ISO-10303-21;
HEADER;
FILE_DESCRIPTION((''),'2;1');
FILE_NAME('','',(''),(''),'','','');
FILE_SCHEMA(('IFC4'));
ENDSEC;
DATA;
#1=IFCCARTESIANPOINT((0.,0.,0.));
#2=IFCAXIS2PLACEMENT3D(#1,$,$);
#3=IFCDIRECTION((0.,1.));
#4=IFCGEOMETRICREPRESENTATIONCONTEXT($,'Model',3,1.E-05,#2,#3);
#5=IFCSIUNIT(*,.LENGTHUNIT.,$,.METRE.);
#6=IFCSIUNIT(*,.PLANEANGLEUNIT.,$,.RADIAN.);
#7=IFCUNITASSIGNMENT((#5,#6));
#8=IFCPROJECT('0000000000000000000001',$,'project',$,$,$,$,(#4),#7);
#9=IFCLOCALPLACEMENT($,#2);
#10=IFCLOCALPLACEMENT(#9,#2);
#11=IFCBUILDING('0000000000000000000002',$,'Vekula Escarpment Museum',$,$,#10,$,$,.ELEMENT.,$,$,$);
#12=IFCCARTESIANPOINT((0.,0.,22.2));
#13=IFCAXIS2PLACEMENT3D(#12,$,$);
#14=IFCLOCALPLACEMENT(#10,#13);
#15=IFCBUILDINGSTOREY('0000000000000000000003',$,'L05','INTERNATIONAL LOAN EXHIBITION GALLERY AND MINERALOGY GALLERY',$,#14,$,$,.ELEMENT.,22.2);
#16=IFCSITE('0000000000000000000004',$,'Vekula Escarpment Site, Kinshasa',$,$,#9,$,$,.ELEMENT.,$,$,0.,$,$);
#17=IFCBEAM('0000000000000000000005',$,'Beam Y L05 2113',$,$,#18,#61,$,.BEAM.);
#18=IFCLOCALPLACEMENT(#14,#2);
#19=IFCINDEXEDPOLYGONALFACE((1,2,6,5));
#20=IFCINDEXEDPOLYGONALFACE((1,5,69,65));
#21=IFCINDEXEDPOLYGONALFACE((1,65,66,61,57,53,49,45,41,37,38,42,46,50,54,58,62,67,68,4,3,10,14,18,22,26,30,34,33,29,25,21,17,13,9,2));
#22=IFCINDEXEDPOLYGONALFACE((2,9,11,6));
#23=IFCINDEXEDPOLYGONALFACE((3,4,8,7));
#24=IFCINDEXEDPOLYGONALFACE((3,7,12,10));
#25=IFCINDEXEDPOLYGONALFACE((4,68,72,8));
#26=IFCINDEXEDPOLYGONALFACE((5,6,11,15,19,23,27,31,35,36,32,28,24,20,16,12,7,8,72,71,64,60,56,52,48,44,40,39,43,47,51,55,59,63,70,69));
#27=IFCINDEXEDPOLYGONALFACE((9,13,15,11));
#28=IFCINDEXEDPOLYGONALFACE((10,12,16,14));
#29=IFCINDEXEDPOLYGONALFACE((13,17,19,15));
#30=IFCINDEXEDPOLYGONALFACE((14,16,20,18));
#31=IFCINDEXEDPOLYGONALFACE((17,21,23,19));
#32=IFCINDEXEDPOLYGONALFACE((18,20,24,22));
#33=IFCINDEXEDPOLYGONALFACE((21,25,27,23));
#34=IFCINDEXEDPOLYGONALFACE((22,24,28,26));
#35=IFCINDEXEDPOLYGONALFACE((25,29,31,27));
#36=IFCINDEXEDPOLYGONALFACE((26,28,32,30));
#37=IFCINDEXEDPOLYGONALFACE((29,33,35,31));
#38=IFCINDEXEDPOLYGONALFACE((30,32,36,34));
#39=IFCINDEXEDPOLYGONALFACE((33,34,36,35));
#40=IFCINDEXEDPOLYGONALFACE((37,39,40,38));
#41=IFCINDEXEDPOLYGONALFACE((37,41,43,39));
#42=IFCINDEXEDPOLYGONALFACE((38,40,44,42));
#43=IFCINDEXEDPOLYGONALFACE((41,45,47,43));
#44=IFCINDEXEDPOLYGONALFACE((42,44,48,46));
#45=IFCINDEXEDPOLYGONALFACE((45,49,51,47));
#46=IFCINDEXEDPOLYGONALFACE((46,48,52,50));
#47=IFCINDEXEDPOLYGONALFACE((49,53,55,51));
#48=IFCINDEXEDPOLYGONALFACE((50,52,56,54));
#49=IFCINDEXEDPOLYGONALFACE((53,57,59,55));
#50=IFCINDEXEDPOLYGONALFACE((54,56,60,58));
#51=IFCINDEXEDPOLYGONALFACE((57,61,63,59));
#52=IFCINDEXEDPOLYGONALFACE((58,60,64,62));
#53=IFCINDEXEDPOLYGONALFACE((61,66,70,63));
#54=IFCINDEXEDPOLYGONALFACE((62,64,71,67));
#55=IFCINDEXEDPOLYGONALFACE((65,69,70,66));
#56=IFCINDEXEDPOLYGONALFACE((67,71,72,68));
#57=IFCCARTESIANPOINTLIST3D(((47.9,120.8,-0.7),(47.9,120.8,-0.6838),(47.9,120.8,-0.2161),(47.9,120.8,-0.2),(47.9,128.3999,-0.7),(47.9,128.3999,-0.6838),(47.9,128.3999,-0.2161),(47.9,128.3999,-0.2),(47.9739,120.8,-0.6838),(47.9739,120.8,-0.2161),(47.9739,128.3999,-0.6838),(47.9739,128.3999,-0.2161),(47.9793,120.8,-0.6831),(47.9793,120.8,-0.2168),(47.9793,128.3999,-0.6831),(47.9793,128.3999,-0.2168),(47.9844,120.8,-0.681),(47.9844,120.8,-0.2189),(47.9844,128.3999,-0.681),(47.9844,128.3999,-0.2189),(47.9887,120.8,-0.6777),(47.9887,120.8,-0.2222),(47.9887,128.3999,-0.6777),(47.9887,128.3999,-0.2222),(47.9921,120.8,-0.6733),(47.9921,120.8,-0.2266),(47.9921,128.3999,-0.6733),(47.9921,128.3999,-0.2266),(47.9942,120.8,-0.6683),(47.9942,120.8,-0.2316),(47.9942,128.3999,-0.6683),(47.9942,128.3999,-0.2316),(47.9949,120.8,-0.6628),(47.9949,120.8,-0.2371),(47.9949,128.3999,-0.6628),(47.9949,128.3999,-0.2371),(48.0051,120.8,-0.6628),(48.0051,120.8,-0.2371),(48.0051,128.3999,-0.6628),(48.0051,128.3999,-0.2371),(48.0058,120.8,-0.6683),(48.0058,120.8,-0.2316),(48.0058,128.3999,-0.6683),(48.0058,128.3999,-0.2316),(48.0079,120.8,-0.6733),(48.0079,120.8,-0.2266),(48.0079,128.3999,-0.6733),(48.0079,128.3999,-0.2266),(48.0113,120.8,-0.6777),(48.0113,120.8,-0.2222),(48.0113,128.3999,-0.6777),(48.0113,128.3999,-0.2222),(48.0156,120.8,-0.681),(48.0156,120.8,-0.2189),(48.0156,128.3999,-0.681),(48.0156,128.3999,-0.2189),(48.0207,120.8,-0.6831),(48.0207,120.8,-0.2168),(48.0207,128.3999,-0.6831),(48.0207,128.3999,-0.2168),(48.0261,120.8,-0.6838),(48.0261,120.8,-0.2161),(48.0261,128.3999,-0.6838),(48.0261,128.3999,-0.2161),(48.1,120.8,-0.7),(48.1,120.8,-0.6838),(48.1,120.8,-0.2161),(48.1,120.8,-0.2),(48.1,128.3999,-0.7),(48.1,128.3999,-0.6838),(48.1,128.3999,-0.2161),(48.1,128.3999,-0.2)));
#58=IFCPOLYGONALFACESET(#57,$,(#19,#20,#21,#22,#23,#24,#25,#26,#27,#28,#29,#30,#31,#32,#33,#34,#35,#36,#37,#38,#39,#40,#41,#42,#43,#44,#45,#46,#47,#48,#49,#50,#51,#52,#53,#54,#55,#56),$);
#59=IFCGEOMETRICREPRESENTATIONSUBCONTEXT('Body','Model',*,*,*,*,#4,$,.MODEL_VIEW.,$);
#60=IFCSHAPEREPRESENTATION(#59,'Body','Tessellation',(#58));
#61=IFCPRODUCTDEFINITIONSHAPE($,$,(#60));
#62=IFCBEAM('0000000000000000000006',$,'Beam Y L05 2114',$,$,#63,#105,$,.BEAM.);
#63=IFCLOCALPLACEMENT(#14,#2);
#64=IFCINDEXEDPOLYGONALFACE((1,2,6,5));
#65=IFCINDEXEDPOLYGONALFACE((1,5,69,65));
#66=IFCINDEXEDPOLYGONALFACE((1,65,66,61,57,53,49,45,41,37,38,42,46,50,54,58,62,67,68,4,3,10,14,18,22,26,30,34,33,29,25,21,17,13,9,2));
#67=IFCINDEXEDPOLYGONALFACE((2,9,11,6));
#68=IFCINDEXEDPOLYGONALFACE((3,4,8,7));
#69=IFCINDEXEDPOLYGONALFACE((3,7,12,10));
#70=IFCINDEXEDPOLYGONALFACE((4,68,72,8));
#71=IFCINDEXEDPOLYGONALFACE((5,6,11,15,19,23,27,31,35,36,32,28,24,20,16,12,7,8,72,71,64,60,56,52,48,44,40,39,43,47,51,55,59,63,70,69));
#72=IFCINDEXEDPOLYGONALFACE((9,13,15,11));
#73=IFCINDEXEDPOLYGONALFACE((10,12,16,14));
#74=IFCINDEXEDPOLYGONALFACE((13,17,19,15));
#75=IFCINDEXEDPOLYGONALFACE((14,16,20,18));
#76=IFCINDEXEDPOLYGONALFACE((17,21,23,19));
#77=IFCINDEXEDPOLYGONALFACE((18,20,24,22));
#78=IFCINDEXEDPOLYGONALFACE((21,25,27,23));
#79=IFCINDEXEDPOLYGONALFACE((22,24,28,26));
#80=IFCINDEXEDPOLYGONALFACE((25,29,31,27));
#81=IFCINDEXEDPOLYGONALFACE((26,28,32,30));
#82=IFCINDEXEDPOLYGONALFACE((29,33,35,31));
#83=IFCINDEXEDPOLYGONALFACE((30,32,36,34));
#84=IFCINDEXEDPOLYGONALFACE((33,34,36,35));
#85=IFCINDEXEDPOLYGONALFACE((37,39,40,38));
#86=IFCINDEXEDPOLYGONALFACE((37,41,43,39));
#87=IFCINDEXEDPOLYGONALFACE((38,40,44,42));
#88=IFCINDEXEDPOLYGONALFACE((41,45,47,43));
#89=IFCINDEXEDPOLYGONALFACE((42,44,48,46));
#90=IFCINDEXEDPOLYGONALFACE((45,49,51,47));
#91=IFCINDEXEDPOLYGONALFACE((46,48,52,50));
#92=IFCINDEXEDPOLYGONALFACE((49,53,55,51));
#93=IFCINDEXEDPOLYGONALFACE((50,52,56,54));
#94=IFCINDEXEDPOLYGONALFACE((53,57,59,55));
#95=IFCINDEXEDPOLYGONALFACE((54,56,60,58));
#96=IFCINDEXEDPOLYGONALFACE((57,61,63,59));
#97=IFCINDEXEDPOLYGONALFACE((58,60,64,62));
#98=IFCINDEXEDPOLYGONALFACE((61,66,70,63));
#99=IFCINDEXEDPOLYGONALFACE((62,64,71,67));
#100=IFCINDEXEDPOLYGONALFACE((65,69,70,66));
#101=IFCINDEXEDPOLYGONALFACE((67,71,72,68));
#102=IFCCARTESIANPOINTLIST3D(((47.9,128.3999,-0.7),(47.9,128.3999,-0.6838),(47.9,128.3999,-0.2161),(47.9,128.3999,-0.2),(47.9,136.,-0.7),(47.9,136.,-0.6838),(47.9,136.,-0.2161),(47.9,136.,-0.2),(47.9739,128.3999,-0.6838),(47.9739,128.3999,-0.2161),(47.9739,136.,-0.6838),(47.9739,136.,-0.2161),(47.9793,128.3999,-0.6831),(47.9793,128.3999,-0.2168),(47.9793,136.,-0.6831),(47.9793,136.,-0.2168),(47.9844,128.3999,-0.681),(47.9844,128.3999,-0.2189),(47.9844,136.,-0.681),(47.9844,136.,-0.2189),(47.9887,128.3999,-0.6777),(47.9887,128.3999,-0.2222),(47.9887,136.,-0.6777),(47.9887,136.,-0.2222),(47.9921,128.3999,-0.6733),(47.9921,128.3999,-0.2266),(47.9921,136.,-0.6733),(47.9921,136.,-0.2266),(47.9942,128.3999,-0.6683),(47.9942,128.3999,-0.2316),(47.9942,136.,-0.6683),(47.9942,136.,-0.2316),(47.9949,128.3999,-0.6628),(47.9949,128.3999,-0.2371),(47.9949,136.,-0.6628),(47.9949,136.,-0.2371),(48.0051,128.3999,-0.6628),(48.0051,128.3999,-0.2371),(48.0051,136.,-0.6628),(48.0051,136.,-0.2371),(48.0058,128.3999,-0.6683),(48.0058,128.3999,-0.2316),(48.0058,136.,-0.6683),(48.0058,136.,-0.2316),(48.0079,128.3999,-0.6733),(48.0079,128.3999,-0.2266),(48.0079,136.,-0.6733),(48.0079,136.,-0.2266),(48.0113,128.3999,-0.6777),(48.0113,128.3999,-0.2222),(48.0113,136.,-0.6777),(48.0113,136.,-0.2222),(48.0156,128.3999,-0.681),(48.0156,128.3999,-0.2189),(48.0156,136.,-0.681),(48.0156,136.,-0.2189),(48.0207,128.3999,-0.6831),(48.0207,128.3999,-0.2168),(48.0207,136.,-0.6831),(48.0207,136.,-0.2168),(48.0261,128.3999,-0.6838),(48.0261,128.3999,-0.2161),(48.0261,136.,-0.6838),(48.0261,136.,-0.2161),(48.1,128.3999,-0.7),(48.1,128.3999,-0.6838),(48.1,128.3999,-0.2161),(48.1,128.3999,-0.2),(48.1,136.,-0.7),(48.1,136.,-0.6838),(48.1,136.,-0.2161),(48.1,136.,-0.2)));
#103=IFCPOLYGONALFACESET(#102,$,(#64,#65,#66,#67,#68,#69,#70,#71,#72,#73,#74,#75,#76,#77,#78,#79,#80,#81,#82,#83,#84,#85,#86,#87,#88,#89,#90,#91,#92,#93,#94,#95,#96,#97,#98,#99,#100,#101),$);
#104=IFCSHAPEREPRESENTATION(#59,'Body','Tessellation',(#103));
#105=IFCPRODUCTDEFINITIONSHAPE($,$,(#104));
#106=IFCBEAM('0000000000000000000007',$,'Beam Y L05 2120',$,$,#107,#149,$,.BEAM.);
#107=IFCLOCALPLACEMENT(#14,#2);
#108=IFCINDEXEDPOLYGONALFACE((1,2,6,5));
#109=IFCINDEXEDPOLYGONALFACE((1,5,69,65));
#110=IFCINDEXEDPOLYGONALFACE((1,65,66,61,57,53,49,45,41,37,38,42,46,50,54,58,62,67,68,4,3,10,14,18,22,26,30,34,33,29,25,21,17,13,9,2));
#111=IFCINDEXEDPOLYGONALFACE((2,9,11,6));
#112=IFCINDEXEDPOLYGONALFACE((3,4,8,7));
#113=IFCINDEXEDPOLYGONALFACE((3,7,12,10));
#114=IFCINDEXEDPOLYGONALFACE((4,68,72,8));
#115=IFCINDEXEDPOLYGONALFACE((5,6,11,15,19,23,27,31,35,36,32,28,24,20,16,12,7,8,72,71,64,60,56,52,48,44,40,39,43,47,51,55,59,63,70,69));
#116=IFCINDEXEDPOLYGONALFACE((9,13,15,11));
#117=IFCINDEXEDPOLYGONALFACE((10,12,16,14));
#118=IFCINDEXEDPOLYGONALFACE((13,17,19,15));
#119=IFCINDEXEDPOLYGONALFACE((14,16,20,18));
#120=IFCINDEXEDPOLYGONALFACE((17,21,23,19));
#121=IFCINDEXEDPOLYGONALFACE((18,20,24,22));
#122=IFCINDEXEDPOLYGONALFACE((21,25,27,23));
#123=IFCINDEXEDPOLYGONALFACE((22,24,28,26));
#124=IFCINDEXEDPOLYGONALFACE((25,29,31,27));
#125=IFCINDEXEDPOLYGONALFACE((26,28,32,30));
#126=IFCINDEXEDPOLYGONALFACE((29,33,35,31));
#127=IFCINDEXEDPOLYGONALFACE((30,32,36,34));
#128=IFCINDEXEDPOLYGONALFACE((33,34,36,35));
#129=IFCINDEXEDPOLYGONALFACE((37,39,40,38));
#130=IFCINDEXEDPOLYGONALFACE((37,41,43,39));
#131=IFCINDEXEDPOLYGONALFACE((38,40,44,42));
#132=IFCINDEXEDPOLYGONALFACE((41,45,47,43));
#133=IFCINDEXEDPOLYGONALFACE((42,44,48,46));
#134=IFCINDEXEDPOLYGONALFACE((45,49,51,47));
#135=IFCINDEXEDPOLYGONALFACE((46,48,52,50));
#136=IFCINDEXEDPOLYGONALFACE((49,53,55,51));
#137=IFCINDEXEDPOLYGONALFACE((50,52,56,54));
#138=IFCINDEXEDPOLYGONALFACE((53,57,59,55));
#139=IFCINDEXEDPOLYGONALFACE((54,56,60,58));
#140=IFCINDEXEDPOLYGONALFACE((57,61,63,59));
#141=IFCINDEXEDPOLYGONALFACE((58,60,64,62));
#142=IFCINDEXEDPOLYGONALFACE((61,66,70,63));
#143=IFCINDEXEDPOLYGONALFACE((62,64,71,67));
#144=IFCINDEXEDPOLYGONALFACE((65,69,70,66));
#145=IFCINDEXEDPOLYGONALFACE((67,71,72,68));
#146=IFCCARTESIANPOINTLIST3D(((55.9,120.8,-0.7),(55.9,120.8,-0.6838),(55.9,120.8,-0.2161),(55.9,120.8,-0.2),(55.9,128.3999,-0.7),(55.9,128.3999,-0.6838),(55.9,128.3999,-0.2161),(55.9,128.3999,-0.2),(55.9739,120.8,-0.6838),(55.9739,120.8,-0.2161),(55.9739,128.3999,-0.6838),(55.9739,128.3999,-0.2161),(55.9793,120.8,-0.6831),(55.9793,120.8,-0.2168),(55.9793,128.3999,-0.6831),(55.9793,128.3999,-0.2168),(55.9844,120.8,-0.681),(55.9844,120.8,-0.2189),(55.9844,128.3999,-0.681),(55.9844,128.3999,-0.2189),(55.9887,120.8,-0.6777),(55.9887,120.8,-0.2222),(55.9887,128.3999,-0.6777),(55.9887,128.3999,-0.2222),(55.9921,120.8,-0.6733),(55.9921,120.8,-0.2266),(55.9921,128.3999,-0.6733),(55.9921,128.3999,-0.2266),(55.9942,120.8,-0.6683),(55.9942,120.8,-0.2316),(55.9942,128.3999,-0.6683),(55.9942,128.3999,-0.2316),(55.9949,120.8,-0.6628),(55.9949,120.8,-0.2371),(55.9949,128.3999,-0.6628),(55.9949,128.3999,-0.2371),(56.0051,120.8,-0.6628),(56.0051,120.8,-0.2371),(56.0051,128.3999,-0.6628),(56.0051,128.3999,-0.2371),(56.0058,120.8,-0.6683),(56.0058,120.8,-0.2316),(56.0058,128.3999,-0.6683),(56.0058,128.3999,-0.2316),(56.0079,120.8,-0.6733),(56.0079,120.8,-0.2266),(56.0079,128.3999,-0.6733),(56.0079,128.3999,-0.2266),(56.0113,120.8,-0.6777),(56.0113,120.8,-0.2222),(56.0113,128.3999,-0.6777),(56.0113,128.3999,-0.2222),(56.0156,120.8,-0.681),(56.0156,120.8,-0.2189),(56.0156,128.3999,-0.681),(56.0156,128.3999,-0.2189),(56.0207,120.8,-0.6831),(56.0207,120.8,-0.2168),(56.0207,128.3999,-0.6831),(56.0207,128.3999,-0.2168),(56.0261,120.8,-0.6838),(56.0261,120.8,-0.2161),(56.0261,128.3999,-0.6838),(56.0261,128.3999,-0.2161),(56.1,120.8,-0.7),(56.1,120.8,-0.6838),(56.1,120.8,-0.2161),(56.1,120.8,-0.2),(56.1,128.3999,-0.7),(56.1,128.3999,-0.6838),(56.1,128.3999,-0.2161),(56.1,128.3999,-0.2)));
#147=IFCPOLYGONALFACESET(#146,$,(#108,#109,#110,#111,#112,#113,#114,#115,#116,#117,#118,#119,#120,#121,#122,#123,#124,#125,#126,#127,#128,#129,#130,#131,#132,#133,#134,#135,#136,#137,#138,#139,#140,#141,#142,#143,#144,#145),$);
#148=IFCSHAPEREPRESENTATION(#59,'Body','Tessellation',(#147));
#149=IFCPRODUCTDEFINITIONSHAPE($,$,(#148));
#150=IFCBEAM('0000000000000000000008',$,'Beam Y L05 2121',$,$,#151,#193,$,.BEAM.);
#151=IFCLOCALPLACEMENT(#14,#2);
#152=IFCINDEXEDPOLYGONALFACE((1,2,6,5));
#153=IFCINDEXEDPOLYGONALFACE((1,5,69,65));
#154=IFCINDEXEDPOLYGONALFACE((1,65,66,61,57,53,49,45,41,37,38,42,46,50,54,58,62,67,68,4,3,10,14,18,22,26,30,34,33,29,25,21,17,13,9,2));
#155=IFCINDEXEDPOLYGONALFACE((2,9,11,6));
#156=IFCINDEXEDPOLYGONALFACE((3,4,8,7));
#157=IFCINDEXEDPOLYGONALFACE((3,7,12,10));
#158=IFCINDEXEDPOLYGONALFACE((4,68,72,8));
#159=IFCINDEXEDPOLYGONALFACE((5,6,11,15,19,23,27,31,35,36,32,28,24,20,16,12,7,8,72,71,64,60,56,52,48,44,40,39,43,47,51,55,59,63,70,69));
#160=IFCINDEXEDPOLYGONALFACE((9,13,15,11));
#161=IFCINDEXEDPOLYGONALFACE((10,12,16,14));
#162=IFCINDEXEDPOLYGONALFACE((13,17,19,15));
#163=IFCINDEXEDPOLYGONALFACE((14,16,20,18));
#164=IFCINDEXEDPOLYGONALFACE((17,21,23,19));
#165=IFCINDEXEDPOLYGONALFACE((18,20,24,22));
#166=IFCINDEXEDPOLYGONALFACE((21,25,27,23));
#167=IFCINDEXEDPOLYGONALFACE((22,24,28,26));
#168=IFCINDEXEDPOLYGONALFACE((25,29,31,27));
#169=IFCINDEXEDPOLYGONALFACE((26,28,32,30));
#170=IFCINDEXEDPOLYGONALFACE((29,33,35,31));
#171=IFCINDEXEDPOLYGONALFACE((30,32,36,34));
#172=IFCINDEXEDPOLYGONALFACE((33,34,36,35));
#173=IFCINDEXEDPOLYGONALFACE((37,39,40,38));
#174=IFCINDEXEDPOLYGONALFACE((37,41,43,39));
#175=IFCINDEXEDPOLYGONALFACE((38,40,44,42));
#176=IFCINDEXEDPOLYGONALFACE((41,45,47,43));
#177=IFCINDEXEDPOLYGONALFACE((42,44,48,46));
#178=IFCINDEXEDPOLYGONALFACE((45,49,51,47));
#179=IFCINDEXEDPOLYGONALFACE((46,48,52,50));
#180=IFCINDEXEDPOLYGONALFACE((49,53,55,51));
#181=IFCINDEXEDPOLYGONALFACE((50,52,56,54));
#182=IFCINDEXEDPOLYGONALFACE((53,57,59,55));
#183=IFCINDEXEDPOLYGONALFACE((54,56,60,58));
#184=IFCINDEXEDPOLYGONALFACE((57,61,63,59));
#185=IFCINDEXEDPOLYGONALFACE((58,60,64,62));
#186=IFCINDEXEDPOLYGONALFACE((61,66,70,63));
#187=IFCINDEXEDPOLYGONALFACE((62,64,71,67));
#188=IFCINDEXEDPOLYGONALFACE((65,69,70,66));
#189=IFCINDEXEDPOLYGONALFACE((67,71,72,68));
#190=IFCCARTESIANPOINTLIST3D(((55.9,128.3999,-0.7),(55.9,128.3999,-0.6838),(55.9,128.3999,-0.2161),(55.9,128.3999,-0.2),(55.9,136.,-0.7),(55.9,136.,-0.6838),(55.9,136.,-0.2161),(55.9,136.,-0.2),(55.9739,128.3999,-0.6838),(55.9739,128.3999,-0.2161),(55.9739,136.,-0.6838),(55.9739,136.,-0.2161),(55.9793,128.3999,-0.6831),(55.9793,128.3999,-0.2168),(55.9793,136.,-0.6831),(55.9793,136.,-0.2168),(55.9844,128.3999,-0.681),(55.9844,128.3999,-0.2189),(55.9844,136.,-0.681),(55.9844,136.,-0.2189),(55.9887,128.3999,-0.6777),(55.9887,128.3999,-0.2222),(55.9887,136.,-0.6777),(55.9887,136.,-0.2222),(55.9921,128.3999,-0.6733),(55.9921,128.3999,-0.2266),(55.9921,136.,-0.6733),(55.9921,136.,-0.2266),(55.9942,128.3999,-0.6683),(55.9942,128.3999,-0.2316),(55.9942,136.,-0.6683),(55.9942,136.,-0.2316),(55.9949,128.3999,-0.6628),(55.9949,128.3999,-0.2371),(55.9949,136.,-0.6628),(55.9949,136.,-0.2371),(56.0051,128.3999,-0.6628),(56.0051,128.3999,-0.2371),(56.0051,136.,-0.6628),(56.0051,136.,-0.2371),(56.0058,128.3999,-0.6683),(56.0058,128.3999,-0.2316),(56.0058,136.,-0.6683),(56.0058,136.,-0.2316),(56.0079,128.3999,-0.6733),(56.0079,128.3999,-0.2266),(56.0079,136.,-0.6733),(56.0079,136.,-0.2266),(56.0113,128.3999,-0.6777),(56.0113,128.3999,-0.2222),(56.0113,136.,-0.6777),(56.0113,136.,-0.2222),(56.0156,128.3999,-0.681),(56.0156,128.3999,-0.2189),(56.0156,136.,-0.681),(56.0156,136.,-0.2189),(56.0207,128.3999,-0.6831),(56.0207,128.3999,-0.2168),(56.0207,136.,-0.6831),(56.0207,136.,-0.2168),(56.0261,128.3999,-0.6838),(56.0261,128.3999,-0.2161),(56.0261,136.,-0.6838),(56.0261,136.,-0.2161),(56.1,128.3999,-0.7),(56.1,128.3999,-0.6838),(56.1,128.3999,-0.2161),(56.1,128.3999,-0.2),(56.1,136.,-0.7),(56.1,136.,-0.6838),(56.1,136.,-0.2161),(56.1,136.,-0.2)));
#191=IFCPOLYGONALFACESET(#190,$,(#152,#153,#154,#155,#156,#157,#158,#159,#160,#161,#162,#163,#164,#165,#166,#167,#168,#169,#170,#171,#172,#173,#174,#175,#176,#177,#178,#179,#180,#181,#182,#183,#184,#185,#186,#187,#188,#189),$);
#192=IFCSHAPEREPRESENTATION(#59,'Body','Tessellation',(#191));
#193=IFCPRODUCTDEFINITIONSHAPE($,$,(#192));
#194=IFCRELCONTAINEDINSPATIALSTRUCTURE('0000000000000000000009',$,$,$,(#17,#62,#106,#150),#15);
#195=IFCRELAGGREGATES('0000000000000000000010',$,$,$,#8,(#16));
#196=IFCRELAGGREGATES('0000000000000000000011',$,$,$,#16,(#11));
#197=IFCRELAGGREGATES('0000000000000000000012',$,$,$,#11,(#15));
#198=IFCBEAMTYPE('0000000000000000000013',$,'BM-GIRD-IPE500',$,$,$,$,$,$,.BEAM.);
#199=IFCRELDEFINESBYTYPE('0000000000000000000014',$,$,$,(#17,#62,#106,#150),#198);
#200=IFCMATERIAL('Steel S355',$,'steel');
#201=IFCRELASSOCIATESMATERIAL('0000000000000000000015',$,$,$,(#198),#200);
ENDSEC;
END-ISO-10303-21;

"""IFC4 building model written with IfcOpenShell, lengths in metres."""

from ifc_helpers import new_model, si_unit, direction, frame, origin, origin_2d, place, context, subcontext, project, spatial, i_section, extrude, material, material_profile, profile_set, type_object, element, save


model = new_model("IFC4")

# Units and contexts
model_context = context("Model", 3, precision=1e-05, world=origin(), true_north=direction((0.0, 1.0)))
body_context = subcontext(model_context, "Body", "Model", "MODEL_VIEW")
ifc_project = project(units=[si_unit("LENGTHUNIT", "METRE"), si_unit("PLANEANGLEUNIT", "RADIAN")], contexts=[model_context])

# Site, building, storey
site_placement = place(None, origin())
site = spatial("IfcSite", under=ifc_project, at=site_placement, Name="Vekula Escarpment Site, Kinshasa", CompositionType="ELEMENT", RefElevation=0.0)
building_placement = place(site_placement, origin())
building = spatial("IfcBuilding", under=site, at=building_placement, Name="Vekula Escarpment Museum", CompositionType="ELEMENT")
storey_placement = place(building_placement, frame((0.0, 0.0, 22.2)))
storey = spatial("IfcBuildingStorey", under=building, at=storey_placement, Name="L05", Description="INTERNATIONAL LOAN EXHIBITION GALLERY AND MINERALOGY GALLERY", CompositionType="ELEMENT", Elevation=22.2)

# Beams
ifc_material_1 = material(Name="Steel S355", Category="steel")
ifc_material_profile_1 = material_profile(ifc_material_1, i_section(OverallWidth=0.2, OverallDepth=0.5, WebThickness=0.0103, FlangeThickness=0.0161, FilletRadius=0.021, at=origin_2d()), Name="IPE 500")
ifc_profile_set_1 = profile_set([ifc_material_profile_1], Name="Steel S355")
beam_type_1 = type_object("IfcBeamType", Name="BM-GIRD-IPE500", PredefinedType="BEAM", material=ifc_profile_set_1)
beam_1_placement = place(storey_placement, frame((48.0, 120.8, -0.45), z_axis=(0.0, 1.0, 0.0), x_axis=(-1.0, 0.0, 0.0)))
element("IfcBeam", 1, at=beam_1_placement, inside=storey, type_object=beam_type_1, Name="Beam Y L05 2113", PredefinedType="BEAM", context=body_context, shape_type="SweptSolid", body=[
    extrude(i_section(OverallWidth=0.2, OverallDepth=0.5, WebThickness=0.0103, FlangeThickness=0.0161, FilletRadius=0.021, at=origin_2d()), origin(), (0.0, 0.0, 1.0), 7.5999),
])
beam_2_placement = place(storey_placement, frame((48.0, 128.3999, -0.45), z_axis=(0.0, 1.0, 0.0), x_axis=(-1.0, 0.0, 0.0)))
element("IfcBeam", 2, at=beam_2_placement, inside=storey, type_object=beam_type_1, Name="Beam Y L05 2114", PredefinedType="BEAM", context=body_context, shape_type="SweptSolid", body=[
    extrude(i_section(OverallWidth=0.2, OverallDepth=0.5, WebThickness=0.0103, FlangeThickness=0.0161, FilletRadius=0.021, at=origin_2d()), origin(), (0.0, 0.0, 1.0), 7.6001),
])
beam_3_placement = place(storey_placement, frame((56.0, 120.8, -0.45), z_axis=(0.0, 1.0, 0.0), x_axis=(-1.0, 0.0, 0.0)))
element("IfcBeam", 3, at=beam_3_placement, inside=storey, type_object=beam_type_1, Name="Beam Y L05 2120", PredefinedType="BEAM", context=body_context, shape_type="SweptSolid", body=[
    extrude(i_section(OverallWidth=0.2, OverallDepth=0.5, WebThickness=0.0103, FlangeThickness=0.0161, FilletRadius=0.021, at=origin_2d()), origin(), (0.0, 0.0, 1.0), 7.5999),
])
beam_4_placement = place(storey_placement, frame((56.0, 128.3999, -0.45), z_axis=(0.0, 1.0, 0.0), x_axis=(-1.0, 0.0, 0.0)))
element("IfcBeam", 4, at=beam_4_placement, inside=storey, type_object=beam_type_1, Name="Beam Y L05 2121", PredefinedType="BEAM", context=body_context, shape_type="SweptSolid", body=[
    extrude(i_section(OverallWidth=0.2, OverallDepth=0.5, WebThickness=0.0103, FlangeThickness=0.0161, FilletRadius=0.021, at=origin_2d()), origin(), (0.0, 0.0, 1.0), 7.6001),
])

save(model, "model.ifc")
